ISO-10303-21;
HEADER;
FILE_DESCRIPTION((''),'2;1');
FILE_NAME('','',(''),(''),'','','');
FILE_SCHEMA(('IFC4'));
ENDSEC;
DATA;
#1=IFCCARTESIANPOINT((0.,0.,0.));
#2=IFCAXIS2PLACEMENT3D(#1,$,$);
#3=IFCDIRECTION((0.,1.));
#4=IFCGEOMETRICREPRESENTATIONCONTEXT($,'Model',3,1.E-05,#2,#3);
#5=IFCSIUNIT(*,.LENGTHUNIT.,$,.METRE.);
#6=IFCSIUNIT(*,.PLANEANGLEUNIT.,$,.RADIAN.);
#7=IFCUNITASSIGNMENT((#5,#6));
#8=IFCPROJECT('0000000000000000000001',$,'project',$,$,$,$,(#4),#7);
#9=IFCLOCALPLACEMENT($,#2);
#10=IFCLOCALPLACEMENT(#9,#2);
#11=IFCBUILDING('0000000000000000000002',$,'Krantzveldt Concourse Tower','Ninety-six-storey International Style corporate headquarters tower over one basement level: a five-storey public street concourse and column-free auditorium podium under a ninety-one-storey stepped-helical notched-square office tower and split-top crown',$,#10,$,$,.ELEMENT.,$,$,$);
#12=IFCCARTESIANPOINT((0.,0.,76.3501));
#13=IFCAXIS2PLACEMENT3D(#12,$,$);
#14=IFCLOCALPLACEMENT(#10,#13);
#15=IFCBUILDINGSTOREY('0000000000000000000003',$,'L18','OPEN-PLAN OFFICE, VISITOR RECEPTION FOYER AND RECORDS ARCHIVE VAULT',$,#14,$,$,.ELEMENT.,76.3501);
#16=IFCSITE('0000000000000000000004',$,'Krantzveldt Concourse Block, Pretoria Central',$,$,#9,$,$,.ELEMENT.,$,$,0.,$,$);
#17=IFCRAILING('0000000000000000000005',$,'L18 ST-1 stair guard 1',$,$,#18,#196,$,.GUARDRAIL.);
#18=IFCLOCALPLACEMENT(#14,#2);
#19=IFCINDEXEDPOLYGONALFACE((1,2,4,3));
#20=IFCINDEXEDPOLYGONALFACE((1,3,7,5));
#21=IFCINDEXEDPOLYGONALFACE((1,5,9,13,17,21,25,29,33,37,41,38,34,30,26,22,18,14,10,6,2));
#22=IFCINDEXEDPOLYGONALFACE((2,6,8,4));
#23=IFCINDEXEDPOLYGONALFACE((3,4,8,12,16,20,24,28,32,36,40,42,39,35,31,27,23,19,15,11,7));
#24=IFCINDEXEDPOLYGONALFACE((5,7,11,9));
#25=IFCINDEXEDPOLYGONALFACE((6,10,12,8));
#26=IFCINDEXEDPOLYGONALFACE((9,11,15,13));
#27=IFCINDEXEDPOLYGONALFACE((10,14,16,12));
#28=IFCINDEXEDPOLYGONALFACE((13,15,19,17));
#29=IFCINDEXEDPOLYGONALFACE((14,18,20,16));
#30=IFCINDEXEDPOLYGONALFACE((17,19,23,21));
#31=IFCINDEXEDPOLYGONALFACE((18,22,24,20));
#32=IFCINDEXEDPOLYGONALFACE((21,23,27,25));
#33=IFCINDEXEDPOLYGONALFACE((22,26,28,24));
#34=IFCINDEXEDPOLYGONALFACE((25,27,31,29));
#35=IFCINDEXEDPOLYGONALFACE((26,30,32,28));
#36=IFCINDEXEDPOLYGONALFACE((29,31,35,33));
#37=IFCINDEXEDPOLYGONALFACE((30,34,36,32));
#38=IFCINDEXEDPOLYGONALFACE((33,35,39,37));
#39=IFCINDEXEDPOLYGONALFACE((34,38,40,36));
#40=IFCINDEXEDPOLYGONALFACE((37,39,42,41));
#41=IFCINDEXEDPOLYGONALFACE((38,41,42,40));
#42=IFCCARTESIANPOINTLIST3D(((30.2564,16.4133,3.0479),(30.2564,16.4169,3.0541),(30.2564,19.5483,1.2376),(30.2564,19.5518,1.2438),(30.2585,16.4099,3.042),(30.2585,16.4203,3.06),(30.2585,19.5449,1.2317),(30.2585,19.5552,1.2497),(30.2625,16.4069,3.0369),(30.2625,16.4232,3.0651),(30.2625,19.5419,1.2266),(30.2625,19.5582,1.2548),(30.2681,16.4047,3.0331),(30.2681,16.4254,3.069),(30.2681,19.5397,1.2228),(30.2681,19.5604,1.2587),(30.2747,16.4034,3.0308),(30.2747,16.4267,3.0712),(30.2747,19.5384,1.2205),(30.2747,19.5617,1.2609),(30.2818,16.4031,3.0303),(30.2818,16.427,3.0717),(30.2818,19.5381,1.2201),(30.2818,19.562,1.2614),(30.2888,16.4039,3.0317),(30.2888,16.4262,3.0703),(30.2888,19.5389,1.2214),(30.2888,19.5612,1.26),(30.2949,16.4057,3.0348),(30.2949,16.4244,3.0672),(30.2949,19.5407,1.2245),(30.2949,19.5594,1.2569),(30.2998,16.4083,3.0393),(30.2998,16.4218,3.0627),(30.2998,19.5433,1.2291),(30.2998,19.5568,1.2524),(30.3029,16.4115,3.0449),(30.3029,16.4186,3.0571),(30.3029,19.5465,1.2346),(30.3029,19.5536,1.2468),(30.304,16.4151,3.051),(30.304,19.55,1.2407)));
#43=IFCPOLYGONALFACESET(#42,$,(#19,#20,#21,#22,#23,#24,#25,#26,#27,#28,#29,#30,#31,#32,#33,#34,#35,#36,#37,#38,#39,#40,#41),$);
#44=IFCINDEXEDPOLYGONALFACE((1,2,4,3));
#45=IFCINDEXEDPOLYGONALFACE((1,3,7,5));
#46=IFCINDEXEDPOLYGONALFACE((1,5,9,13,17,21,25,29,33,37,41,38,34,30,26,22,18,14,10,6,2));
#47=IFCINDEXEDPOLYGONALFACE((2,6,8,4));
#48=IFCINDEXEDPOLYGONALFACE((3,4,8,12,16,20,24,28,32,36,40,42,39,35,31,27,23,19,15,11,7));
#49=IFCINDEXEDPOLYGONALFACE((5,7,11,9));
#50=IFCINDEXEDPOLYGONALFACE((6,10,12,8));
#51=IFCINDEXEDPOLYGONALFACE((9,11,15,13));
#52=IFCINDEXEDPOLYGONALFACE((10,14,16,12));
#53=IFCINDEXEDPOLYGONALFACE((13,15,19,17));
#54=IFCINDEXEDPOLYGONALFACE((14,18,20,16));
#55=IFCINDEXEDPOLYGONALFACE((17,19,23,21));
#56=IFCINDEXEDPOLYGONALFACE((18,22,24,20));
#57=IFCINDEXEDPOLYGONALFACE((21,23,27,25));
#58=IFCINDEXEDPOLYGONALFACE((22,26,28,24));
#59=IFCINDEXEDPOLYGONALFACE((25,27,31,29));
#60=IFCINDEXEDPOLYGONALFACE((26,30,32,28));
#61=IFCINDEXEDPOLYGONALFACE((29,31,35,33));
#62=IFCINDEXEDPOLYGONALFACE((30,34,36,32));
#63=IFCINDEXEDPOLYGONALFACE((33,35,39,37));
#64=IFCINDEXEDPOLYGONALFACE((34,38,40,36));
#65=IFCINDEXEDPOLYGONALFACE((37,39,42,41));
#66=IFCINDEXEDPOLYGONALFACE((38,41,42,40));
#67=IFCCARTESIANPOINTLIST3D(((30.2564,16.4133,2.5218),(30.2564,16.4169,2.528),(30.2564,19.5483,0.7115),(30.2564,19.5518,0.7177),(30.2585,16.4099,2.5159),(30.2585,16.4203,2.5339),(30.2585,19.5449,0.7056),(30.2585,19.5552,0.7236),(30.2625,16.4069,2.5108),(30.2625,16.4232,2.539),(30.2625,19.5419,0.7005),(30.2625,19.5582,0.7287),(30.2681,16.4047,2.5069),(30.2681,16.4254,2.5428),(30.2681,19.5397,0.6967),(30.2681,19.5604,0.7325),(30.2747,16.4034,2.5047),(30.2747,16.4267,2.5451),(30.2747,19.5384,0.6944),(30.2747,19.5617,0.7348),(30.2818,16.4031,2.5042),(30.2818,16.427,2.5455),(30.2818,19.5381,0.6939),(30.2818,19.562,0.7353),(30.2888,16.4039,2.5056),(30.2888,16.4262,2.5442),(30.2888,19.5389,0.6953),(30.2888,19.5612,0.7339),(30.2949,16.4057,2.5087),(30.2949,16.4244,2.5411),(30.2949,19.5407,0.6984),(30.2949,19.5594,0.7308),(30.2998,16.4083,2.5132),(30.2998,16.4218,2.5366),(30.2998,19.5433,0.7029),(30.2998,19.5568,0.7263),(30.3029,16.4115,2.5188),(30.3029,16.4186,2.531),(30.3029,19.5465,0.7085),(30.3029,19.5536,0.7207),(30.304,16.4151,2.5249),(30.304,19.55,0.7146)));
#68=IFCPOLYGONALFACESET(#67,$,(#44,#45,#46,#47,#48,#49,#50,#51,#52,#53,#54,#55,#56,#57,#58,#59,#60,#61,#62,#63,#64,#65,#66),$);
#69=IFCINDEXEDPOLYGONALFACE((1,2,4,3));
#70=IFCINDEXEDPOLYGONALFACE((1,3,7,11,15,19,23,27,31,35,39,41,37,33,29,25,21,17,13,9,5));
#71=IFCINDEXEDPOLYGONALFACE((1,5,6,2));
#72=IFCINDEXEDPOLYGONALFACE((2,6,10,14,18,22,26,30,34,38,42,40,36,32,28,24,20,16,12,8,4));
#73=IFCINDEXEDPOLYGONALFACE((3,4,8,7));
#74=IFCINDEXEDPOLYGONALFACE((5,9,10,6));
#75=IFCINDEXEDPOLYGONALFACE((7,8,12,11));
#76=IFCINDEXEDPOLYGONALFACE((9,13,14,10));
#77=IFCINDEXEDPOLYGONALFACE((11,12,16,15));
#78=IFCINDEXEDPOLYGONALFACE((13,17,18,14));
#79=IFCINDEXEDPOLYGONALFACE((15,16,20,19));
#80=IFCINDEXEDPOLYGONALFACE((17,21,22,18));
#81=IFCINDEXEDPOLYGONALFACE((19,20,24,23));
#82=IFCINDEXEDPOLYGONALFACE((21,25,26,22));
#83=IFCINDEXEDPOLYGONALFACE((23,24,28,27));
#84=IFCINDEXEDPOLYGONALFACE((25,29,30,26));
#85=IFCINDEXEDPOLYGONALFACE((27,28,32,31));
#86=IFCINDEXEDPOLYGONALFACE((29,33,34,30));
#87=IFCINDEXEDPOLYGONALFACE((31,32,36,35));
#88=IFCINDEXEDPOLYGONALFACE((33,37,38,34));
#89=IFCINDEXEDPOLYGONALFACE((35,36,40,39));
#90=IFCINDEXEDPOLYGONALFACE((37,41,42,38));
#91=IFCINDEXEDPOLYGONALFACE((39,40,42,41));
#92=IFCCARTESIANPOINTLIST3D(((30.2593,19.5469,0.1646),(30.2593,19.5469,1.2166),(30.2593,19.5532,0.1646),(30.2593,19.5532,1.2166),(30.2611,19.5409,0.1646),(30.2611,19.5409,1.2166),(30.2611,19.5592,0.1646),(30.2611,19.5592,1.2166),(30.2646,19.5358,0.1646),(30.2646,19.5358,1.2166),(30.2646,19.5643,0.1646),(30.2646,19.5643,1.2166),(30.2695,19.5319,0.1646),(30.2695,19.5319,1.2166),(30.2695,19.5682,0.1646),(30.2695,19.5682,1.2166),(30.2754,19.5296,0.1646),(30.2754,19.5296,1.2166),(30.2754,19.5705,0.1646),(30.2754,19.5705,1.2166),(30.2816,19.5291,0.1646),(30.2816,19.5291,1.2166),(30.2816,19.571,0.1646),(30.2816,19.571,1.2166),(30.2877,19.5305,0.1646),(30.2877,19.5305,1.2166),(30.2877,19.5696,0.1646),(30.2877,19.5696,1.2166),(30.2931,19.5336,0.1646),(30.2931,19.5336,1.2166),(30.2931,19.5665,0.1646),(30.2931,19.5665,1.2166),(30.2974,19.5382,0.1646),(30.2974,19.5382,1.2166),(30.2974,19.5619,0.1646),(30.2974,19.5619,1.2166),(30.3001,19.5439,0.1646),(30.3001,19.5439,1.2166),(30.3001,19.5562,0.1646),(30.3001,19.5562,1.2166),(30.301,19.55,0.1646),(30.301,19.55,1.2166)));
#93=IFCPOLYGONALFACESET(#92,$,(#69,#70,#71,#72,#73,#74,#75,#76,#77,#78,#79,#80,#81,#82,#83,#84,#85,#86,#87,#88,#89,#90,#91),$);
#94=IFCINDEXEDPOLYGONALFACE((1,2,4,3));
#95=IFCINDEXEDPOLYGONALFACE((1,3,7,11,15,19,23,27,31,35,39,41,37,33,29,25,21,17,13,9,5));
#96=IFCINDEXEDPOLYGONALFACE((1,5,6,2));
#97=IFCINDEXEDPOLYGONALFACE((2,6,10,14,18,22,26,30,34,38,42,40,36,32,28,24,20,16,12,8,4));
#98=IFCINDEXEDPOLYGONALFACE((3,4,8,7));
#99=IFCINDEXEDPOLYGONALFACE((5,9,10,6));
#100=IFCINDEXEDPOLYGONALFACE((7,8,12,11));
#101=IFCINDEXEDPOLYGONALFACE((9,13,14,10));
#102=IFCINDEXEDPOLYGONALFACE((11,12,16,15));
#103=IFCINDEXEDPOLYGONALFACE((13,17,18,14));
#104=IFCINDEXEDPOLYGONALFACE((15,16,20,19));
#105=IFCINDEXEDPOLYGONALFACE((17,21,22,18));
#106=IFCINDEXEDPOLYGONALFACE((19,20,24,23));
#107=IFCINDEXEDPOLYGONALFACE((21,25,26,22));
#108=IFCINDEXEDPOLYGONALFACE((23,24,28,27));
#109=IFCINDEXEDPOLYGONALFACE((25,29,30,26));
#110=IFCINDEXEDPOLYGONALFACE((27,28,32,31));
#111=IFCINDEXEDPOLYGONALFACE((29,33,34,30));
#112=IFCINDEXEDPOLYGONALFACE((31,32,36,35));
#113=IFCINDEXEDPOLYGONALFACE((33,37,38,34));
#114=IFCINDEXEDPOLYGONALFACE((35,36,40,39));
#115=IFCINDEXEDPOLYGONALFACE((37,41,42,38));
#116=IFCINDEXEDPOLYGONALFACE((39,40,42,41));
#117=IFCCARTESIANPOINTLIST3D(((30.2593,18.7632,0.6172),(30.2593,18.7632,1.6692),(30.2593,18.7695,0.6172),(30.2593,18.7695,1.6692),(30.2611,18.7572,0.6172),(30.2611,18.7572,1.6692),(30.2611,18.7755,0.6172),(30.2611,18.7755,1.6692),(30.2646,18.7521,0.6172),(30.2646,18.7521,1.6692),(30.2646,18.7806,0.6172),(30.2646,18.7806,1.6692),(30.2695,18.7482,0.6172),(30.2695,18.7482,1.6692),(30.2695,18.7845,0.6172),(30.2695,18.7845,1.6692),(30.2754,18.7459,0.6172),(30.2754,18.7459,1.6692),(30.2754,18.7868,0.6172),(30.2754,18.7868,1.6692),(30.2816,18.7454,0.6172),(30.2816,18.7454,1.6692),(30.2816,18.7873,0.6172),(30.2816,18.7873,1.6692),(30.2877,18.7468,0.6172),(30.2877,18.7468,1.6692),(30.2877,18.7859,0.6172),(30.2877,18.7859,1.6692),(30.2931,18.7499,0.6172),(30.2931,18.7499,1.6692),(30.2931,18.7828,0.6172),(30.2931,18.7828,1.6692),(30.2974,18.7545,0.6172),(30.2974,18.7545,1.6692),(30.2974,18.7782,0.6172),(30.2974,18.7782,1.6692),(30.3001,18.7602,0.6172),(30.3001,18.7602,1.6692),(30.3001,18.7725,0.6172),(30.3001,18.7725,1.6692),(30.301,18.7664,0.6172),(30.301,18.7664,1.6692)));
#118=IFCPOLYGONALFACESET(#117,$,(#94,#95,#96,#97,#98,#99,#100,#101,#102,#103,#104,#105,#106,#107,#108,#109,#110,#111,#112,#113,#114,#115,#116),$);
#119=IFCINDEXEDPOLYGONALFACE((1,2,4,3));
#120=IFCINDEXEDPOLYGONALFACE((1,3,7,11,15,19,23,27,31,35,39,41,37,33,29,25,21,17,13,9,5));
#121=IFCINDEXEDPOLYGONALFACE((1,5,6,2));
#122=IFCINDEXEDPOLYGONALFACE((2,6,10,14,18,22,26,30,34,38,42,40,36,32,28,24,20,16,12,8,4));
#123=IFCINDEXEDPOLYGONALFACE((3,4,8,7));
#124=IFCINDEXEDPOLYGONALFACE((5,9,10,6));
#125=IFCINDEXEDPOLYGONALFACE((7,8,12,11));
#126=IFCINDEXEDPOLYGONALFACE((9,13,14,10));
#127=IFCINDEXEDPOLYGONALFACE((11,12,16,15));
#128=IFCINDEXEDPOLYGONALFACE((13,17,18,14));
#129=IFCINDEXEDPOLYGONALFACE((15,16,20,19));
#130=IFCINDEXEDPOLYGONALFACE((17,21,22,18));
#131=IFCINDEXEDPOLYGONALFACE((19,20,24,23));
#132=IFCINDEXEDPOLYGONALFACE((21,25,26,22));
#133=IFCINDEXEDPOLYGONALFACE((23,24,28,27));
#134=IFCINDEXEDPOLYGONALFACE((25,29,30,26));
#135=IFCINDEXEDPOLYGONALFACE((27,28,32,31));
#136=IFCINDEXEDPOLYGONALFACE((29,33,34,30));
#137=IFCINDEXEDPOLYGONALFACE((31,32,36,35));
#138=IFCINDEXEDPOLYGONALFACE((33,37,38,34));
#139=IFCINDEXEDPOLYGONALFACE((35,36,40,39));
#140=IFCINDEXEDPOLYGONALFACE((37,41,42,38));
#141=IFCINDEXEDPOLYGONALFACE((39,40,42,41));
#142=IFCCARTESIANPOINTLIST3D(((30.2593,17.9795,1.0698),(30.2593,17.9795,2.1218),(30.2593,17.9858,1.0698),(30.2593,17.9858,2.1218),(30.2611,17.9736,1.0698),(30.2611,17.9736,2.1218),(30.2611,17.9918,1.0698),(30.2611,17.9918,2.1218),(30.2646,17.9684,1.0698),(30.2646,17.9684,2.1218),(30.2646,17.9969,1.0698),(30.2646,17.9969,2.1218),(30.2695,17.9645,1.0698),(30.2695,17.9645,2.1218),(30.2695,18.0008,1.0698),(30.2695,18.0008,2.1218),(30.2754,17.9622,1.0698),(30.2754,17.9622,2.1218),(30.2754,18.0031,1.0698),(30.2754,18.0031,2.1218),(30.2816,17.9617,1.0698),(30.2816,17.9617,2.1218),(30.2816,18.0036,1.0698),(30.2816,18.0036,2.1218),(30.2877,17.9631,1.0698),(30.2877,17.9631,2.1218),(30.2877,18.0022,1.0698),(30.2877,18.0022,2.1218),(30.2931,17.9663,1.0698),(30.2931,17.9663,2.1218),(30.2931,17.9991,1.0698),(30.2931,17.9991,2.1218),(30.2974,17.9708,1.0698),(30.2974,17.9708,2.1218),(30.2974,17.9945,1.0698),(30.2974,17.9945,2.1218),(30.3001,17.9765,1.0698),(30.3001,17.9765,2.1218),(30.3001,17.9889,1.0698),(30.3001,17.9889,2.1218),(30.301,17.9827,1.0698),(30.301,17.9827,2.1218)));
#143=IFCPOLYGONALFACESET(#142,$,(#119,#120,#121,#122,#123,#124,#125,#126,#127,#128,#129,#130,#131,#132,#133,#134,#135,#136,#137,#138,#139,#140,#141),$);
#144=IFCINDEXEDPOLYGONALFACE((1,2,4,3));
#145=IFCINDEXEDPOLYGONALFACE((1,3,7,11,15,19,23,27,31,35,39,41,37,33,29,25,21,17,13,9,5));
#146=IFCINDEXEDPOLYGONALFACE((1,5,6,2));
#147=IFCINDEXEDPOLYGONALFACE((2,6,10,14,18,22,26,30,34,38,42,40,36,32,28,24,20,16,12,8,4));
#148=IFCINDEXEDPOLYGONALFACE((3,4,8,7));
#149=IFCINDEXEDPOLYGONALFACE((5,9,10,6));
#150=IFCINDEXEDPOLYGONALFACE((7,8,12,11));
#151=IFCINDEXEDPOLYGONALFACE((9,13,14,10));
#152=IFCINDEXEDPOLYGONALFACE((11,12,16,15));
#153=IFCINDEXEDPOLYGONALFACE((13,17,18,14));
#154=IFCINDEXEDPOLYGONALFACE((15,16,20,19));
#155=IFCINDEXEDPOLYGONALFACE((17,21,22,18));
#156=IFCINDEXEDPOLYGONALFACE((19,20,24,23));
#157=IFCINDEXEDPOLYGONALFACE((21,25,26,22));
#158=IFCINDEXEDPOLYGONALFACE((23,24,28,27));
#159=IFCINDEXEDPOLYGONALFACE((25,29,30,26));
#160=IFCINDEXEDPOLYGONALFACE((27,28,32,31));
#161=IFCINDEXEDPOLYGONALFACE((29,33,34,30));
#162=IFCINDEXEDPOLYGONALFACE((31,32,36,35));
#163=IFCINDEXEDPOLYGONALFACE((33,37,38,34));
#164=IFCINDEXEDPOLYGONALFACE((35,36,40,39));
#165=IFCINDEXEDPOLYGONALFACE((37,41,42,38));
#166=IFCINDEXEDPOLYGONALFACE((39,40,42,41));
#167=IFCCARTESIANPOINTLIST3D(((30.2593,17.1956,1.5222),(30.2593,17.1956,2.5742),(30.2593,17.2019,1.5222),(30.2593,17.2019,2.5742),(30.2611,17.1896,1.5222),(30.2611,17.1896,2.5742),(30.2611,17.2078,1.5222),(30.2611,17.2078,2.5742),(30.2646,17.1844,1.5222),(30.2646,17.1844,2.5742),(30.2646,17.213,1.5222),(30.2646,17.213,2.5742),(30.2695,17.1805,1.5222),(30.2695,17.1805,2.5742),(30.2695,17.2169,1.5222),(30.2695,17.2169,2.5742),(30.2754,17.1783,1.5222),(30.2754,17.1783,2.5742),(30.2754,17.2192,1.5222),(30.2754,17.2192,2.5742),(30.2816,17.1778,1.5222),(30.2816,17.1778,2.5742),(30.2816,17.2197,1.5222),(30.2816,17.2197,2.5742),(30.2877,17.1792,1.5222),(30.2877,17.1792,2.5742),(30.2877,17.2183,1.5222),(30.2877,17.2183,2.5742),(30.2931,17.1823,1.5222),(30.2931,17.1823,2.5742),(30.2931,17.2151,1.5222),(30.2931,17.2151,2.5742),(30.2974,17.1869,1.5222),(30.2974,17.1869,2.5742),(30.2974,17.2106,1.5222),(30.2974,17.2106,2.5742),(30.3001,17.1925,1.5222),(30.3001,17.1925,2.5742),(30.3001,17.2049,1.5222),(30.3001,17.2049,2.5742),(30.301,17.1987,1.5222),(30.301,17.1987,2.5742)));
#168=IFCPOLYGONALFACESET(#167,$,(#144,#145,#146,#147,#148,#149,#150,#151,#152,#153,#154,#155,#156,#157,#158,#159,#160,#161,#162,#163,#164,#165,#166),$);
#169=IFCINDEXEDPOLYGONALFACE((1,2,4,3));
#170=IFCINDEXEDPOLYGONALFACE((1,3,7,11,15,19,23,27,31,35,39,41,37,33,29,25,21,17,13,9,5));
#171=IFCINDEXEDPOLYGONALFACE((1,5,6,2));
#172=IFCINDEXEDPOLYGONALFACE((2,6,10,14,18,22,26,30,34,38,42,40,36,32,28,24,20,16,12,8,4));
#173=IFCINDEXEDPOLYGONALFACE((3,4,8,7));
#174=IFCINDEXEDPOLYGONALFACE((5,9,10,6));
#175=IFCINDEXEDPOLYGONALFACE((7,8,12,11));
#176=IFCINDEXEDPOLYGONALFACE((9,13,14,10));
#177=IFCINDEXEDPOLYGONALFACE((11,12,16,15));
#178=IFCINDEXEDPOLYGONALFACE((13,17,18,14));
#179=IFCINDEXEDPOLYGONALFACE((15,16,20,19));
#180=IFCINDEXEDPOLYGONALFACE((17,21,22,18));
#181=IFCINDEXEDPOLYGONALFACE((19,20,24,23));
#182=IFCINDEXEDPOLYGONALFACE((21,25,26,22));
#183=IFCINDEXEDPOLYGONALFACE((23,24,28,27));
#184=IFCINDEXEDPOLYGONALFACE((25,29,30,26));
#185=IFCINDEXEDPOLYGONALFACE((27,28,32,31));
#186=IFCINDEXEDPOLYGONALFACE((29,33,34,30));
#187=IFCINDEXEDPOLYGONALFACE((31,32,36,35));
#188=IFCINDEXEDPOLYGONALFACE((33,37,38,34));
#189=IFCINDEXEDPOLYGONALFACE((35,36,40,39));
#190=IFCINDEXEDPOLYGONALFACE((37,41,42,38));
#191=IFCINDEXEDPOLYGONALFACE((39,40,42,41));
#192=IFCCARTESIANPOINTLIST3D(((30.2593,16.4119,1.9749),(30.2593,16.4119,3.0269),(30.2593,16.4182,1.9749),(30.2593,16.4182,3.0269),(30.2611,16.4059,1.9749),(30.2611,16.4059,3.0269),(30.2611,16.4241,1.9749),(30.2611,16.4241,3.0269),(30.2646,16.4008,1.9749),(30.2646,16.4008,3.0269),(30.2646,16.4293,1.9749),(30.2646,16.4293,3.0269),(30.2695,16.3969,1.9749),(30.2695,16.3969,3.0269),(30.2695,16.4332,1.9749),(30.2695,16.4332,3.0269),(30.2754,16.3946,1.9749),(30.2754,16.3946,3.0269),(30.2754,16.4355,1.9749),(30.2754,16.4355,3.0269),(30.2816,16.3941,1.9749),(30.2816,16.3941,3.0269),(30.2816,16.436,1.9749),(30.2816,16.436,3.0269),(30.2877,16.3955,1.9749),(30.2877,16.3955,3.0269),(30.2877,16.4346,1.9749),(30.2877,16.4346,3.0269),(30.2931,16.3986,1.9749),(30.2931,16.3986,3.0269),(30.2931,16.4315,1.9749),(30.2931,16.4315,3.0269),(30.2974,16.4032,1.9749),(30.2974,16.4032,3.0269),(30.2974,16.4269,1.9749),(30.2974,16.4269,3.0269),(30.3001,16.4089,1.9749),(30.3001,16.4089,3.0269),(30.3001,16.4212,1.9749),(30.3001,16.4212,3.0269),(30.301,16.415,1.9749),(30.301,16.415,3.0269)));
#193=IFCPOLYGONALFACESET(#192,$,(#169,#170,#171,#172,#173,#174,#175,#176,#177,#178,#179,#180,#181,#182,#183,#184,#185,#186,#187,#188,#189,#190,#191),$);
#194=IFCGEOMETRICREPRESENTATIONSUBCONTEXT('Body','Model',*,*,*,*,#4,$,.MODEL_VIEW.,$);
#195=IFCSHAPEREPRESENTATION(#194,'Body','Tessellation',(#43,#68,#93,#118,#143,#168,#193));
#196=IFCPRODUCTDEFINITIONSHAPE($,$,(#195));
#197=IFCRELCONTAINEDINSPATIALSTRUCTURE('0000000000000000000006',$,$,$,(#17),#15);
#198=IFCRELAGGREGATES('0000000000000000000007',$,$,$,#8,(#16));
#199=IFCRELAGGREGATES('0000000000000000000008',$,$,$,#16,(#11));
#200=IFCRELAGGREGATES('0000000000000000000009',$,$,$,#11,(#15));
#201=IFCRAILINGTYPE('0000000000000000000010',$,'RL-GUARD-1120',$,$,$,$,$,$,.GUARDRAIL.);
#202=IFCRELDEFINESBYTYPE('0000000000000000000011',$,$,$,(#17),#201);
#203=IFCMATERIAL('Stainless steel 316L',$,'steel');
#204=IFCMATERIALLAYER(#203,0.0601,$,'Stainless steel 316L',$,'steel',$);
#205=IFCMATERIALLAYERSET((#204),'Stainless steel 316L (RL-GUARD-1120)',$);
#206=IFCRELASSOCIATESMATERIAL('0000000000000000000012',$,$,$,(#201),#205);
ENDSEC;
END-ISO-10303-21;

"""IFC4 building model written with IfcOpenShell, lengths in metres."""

from ifc_helpers import new_model, si_unit, direction, frame, origin, origin_2d, place, context, subcontext, project, spatial, circle, extrude, material, layer, layer_set, type_object, element, save


model = new_model("IFC4")

# Units and contexts
model_context = context("Model", 3, precision=1e-05, world=origin(), true_north=direction((0.0, 1.0)))
body_context = subcontext(model_context, "Body", "Model", "MODEL_VIEW")
ifc_project = project(units=[si_unit("LENGTHUNIT", "METRE"), si_unit("PLANEANGLEUNIT", "RADIAN")], contexts=[model_context])

# Site, building, storey
site_placement = place(None, origin())
site = spatial("IfcSite", under=ifc_project, at=site_placement, Name="Krantzveldt Concourse Block, Pretoria Central", CompositionType="ELEMENT", RefElevation=0.0)
building_placement = place(site_placement, origin())
building = spatial("IfcBuilding", under=site, at=building_placement, Name="Krantzveldt Concourse Tower", Description="Ninety-six-storey International Style corporate headquarters tower over one basement level: a five-storey public street concourse and column-free auditorium podium under a ninety-one-storey stepped-helical notched-square office tower and split-top crown", CompositionType="ELEMENT")
storey_placement = place(building_placement, frame((0.0, 0.0, 76.3501)))
storey = spatial("IfcBuildingStorey", under=building, at=storey_placement, Name="L18", Description="OPEN-PLAN OFFICE, VISITOR RECEPTION FOYER AND RECORDS ARCHIVE VAULT", CompositionType="ELEMENT", Elevation=76.3501)

# Railing
ifc_material_1 = material(Name="Stainless steel 316L", Category="steel")
ifc_layer_1 = layer(ifc_material_1, 0.0601, Name="Stainless steel 316L", Category="steel")
ifc_layer_set_1 = layer_set([ifc_layer_1], Name="Stainless steel 316L (RL-GUARD-1120)")
railing_type_1 = type_object("IfcRailingType", Name="RL-GUARD-1120", PredefinedType="GUARDRAIL", material=ifc_layer_set_1)
railing_1_placement = place(storey_placement, frame((30.28, 19.55, 0.1646)))
element("IfcRailing", 1, at=railing_1_placement, inside=storey, type_object=railing_type_1, Name="L18 ST-1 stair guard 1", PredefinedType="GUARDRAIL", context=body_context, shape_type="SweptSolid", body=[
    extrude(circle(Radius=0.0239, at=origin_2d()), frame((0.0, 0.0, 1.0762), z_axis=(0.0, -0.865989, 0.500063), x_axis=(1.0, 0.0, 0.0)), (0.0, 0.0, 1.0), 3.6201),
    extrude(circle(Radius=0.0239, at=origin_2d()), frame((0.0, 0.0, 0.55), z_axis=(0.0, -0.865989, 0.500063), x_axis=(1.0, 0.0, 0.0)), (0.0, 0.0, 1.0), 3.6201),
    extrude(circle(Radius=0.021, at=origin_2d()), origin(), (0.0, 0.0, 1.0), 1.052),
    extrude(circle(Radius=0.021, at=origin_2d()), frame((0.0, -0.7837, 0.4526)), (0.0, 0.0, 1.0), 1.052),
    extrude(circle(Radius=0.021, at=origin_2d()), frame((0.0, -1.5674, 0.9053)), (0.0, 0.0, 1.0), 1.052),
    extrude(circle(Radius=0.021, at=origin_2d()), frame((0.0, -2.3513, 1.3577)), (0.0, 0.0, 1.0), 1.052),
    extrude(circle(Radius=0.021, at=origin_2d()), frame((0.0, -3.135, 1.8103)), (0.0, 0.0, 1.0), 1.052),
])

save(model, "model.ifc")
